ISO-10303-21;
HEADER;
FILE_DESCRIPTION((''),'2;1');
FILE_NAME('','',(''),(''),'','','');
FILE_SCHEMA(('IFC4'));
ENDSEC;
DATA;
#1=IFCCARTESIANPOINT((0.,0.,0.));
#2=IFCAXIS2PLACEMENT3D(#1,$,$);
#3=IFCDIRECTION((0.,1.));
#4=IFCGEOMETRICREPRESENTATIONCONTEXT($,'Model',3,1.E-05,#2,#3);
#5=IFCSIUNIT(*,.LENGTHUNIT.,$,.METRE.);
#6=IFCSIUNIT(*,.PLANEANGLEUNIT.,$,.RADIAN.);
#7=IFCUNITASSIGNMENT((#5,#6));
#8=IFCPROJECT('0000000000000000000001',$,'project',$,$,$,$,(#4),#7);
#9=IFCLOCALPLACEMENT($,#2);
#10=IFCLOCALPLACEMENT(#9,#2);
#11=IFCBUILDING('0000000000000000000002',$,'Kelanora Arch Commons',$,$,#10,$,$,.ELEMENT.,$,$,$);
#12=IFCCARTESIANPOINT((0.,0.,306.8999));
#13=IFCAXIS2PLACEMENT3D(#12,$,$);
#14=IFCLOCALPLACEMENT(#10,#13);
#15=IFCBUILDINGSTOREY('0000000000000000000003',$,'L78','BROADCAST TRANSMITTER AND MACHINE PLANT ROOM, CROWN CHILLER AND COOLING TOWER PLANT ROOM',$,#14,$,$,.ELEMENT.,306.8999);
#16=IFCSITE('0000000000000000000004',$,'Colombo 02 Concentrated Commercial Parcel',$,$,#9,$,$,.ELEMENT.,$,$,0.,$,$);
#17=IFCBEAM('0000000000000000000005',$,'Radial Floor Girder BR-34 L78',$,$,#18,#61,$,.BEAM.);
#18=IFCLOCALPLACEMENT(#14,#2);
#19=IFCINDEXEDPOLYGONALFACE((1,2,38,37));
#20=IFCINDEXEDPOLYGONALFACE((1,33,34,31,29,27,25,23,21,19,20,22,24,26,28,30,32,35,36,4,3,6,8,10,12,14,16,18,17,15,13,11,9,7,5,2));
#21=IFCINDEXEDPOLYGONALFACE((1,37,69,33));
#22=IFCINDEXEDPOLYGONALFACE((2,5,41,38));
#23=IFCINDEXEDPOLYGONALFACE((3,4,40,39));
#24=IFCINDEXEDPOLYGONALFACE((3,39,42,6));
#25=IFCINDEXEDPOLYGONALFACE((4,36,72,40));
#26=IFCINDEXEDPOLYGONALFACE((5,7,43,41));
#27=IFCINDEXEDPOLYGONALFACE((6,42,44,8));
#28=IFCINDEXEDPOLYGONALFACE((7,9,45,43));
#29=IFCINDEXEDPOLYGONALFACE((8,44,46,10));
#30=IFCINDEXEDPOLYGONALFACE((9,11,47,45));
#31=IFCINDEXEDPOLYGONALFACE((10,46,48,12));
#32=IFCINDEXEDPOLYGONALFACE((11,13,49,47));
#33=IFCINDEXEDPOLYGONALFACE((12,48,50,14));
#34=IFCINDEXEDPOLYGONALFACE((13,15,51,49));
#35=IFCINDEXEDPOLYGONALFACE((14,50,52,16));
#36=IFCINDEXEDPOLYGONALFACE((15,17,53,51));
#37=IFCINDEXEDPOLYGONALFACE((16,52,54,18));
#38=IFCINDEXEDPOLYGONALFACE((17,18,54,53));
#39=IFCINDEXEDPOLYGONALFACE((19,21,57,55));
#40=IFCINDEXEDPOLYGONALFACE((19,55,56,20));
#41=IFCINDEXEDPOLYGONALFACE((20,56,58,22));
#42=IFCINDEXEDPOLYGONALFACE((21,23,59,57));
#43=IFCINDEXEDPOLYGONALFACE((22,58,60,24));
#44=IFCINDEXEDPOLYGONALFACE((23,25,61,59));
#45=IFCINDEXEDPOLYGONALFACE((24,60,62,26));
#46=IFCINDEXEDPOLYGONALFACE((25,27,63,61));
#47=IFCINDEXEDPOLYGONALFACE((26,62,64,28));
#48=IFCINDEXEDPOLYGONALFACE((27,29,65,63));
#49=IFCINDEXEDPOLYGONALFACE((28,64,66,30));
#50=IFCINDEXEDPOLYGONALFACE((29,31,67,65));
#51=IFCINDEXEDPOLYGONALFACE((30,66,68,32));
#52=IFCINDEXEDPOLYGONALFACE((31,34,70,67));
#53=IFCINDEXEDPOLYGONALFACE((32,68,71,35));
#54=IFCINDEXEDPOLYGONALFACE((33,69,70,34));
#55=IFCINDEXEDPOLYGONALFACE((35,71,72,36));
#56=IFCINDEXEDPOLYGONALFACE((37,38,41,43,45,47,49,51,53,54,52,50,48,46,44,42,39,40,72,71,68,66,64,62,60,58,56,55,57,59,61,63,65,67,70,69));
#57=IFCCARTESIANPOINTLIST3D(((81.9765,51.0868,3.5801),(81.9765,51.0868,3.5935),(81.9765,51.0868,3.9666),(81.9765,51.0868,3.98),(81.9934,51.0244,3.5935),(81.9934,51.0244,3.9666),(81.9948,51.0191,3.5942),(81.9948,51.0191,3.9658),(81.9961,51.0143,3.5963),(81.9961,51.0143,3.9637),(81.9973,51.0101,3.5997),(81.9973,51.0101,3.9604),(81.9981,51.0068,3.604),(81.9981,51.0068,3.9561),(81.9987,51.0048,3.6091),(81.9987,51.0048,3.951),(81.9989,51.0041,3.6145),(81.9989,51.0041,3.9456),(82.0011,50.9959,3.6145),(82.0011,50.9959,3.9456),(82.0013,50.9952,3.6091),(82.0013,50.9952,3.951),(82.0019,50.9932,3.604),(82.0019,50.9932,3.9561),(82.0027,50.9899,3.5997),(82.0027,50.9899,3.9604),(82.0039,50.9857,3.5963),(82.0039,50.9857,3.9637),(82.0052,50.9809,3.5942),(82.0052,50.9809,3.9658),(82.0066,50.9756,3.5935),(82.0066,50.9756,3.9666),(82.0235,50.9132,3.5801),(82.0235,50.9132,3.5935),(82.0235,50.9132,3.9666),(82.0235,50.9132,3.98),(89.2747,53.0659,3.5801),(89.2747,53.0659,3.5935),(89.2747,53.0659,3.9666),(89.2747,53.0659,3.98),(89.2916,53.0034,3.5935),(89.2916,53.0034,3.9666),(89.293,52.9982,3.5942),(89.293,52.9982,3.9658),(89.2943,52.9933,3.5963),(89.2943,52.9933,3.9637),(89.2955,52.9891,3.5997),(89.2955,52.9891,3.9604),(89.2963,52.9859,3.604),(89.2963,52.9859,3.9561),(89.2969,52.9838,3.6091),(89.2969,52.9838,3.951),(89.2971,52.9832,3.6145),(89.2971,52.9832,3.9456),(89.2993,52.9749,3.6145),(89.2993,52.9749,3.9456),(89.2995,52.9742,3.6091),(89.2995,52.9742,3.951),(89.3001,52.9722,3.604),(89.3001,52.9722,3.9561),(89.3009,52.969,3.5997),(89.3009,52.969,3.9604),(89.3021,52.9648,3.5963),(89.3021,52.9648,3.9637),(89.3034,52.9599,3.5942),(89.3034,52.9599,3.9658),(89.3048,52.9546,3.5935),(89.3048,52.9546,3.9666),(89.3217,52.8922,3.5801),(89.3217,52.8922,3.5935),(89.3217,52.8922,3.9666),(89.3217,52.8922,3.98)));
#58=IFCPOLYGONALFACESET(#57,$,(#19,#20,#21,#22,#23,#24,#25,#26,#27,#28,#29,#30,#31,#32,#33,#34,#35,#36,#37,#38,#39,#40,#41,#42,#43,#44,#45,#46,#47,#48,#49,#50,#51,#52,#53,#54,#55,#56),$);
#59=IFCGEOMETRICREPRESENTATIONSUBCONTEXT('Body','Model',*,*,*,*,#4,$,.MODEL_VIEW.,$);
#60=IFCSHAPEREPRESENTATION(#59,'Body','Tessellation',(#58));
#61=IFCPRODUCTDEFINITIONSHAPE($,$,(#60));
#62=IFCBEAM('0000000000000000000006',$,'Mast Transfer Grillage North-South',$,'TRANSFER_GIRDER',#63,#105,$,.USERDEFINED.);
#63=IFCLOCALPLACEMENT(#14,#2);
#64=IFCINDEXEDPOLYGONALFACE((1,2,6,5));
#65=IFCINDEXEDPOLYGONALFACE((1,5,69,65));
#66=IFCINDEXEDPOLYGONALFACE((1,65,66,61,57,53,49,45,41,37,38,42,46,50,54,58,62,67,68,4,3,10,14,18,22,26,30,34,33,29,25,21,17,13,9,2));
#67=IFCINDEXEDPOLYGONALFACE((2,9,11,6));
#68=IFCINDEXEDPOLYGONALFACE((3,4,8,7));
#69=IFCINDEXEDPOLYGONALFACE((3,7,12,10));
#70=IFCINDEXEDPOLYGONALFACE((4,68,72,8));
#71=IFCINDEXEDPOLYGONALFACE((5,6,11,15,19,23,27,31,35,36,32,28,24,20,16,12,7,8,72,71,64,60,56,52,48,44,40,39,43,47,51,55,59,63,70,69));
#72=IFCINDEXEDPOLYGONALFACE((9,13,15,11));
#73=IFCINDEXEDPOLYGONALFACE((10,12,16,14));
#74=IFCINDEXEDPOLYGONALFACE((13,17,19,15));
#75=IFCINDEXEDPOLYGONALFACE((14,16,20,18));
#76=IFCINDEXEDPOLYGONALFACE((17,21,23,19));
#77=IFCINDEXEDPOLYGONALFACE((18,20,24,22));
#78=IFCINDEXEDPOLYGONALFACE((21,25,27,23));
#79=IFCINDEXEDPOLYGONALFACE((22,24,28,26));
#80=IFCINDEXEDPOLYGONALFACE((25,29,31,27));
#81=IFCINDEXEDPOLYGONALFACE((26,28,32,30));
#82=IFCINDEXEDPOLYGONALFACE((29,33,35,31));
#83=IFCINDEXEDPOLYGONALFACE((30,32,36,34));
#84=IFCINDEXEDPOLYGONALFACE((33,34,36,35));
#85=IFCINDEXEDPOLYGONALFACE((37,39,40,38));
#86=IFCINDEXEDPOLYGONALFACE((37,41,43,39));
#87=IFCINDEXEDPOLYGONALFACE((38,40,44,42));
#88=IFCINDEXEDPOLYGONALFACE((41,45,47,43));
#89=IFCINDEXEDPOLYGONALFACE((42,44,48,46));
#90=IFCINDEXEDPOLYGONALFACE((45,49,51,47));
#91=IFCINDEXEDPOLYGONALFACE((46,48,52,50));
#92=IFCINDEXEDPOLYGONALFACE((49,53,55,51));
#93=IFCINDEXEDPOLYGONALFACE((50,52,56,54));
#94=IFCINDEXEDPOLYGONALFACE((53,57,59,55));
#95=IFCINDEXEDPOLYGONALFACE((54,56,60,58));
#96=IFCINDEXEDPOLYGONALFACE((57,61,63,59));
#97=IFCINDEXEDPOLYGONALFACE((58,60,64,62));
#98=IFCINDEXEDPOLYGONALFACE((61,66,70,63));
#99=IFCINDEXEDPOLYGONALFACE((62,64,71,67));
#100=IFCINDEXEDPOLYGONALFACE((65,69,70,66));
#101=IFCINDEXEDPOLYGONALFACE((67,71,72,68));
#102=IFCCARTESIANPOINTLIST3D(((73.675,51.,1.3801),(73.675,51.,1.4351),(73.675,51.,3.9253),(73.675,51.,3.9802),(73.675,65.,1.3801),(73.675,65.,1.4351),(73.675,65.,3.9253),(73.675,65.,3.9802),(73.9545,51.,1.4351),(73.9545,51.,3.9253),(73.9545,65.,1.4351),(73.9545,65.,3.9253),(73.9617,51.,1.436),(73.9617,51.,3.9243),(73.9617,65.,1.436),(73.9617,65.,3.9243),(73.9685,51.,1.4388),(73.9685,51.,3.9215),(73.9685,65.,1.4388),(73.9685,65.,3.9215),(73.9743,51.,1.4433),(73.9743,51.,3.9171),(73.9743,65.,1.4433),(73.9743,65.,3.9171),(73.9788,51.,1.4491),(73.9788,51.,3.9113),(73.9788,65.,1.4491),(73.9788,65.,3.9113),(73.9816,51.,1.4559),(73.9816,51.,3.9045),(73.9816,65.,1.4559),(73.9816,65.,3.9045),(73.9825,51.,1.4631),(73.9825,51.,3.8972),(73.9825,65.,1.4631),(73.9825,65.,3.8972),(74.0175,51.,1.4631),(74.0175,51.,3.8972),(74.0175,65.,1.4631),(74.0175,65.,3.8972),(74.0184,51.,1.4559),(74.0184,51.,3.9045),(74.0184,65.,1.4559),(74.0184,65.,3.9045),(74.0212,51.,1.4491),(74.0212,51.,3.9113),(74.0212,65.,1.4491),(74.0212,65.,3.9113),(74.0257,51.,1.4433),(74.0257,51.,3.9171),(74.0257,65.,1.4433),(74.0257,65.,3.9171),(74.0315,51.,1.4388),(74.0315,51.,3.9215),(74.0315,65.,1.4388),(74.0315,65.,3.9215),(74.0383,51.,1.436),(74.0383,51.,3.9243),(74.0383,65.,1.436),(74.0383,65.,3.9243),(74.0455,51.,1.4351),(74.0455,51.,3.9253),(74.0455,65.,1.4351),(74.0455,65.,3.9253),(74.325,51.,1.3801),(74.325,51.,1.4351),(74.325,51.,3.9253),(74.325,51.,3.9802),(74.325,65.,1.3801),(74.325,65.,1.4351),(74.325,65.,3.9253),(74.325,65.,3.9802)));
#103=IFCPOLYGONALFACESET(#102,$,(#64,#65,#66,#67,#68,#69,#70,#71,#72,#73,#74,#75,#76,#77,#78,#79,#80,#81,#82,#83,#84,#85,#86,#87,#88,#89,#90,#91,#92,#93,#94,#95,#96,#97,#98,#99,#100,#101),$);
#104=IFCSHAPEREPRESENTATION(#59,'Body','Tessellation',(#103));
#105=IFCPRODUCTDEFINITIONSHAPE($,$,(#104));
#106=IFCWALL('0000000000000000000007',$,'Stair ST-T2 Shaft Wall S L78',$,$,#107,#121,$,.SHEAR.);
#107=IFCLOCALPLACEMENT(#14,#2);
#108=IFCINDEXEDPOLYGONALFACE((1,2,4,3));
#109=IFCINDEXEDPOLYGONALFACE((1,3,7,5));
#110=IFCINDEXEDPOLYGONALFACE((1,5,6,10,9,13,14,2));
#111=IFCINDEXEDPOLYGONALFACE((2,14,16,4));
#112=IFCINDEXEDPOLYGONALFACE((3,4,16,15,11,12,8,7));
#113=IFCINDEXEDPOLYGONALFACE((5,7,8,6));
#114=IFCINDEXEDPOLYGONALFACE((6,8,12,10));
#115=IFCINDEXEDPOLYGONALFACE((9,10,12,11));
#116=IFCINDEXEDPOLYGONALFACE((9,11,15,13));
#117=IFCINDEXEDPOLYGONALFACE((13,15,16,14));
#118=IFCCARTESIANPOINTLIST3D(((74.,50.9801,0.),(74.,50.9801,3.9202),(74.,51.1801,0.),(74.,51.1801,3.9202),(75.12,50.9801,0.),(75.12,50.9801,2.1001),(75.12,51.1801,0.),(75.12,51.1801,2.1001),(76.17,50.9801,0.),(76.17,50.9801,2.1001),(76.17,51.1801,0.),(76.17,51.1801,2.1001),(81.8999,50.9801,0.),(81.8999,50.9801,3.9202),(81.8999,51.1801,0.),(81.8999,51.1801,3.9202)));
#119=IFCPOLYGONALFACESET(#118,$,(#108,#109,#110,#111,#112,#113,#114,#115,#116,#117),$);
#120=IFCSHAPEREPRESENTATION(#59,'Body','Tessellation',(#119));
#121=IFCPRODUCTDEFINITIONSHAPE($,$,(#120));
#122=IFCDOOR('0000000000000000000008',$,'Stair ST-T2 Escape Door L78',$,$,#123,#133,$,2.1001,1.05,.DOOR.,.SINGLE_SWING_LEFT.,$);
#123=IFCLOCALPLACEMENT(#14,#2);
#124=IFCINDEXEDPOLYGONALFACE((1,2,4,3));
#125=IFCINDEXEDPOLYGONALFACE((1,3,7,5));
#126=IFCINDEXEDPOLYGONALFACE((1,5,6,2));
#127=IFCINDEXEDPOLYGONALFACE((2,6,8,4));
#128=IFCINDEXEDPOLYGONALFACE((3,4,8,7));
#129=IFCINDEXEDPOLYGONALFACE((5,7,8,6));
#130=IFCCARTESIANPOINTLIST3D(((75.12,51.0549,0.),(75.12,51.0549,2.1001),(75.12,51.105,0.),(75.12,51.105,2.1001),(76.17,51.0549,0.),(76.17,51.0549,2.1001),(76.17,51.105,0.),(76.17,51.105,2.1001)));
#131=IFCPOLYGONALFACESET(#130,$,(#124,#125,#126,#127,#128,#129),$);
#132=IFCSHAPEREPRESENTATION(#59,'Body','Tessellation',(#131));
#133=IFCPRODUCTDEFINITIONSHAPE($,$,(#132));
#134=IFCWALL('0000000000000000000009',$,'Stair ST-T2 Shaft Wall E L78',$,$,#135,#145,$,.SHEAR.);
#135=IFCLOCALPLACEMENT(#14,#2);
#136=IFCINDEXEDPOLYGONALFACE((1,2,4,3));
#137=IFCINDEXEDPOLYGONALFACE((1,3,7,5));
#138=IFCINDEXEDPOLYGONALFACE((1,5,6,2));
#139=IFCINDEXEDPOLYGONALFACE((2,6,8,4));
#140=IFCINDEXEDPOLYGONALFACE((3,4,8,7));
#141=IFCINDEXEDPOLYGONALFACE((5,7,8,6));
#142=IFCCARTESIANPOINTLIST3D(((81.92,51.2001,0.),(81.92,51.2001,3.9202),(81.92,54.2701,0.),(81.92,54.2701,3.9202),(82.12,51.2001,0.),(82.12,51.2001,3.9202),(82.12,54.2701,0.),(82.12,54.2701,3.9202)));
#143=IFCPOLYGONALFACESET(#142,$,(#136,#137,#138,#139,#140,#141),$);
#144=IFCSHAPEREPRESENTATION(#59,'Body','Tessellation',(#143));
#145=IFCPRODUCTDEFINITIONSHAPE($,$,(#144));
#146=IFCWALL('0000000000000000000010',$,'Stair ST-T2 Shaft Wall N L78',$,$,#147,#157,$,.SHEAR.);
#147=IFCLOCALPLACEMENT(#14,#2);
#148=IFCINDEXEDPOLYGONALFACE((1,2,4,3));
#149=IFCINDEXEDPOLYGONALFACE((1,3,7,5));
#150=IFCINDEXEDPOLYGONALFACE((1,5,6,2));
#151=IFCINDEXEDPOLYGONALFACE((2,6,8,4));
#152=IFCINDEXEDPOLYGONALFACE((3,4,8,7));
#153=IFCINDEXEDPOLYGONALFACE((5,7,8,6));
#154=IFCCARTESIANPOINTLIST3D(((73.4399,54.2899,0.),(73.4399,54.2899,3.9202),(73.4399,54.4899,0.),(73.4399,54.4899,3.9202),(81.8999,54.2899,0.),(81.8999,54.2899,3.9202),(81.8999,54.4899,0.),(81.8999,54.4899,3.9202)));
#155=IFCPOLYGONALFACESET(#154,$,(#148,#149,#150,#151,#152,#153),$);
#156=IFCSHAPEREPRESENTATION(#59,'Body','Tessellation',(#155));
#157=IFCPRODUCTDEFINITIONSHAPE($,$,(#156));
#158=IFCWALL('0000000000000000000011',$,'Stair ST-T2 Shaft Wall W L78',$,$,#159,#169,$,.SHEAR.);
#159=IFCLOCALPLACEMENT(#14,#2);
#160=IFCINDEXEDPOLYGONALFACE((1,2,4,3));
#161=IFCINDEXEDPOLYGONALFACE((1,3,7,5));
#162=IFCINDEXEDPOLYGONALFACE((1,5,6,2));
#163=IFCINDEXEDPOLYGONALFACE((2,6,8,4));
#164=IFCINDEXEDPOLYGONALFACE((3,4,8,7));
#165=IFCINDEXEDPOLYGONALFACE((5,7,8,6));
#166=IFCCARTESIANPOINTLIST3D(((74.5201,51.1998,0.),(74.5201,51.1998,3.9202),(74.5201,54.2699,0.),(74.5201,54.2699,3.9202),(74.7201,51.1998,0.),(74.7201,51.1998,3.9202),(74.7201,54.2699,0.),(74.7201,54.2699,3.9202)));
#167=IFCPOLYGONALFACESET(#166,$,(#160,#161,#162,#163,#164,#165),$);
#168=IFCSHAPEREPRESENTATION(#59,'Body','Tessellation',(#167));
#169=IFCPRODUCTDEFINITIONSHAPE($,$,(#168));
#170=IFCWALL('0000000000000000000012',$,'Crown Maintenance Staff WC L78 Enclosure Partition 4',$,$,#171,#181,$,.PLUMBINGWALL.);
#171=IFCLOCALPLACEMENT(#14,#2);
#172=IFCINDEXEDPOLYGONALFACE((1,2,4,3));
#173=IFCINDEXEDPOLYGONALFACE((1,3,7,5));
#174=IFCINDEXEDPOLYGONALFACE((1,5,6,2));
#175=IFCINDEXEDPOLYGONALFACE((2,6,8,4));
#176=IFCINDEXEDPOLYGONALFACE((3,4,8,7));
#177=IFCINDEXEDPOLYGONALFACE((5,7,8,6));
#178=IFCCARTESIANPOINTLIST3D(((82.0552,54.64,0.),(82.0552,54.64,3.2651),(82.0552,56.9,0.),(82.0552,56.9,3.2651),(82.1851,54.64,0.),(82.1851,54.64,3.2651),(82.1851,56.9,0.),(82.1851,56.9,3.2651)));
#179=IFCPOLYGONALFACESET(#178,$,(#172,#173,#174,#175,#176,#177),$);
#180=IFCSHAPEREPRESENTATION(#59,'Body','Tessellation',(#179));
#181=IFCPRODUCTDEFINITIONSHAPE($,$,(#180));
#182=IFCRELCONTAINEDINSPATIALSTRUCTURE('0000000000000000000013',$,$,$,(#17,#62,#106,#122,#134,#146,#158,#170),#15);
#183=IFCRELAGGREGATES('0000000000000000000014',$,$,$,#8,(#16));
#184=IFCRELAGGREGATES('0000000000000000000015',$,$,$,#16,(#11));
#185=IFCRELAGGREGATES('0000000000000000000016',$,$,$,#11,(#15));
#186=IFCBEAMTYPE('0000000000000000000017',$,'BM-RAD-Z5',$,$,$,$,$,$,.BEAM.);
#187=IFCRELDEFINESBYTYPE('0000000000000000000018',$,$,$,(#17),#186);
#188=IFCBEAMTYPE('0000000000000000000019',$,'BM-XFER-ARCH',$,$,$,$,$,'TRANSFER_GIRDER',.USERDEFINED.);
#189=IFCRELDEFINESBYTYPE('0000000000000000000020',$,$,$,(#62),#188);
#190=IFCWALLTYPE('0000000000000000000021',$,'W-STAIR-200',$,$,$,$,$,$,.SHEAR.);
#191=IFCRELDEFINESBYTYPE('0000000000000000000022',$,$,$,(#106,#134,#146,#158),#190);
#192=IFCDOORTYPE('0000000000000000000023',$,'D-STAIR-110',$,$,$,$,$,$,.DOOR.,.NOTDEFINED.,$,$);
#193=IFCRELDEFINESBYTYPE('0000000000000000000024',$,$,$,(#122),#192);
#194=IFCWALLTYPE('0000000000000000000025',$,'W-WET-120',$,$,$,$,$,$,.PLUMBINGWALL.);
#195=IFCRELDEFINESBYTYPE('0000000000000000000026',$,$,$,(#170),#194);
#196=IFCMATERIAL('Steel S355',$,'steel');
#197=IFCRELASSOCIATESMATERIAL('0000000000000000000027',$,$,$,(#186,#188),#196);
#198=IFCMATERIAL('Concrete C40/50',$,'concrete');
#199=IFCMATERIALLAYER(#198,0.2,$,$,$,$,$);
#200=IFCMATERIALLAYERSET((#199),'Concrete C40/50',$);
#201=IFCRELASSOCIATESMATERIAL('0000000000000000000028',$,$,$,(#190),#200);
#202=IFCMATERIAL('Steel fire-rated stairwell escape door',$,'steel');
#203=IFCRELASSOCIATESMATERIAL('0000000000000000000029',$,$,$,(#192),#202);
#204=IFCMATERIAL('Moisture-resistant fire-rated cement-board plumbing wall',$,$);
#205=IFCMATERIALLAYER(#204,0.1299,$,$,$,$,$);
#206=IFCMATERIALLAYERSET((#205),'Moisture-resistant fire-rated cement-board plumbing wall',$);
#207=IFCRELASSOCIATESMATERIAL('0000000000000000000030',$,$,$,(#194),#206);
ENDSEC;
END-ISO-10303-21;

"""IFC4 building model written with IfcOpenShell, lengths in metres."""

from ifc_helpers import new_model, si_unit, direction, frame, frame_2d, origin, origin_2d, place, context, subcontext, project, spatial, rectangle, i_section, extrude, material, layer, layer_set, material_profile, profile_set, type_object, element, fill, save


model = new_model("IFC4")

# Units and contexts
model_context = context("Model", 3, precision=1e-05, world=origin(), true_north=direction((0.0, 1.0)))
body_context = subcontext(model_context, "Body", "Model", "MODEL_VIEW")
ifc_project = project(units=[si_unit("LENGTHUNIT", "METRE"), si_unit("PLANEANGLEUNIT", "RADIAN")], contexts=[model_context])

# Site, building, storey
site_placement = place(None, origin())
site = spatial("IfcSite", under=ifc_project, at=site_placement, Name="Colombo 02 Concentrated Commercial Parcel", CompositionType="ELEMENT", RefElevation=0.0)
building_placement = place(site_placement, origin())
building = spatial("IfcBuilding", under=site, at=building_placement, Name="Kelanora Arch Commons", CompositionType="ELEMENT")
storey_placement = place(building_placement, frame((0.0, 0.0, 306.8999)))
storey = spatial("IfcBuildingStorey", under=building, at=storey_placement, Name="L78", Description="BROADCAST TRANSMITTER AND MACHINE PLANT ROOM, CROWN CHILLER AND COOLING TOWER PLANT ROOM", CompositionType="ELEMENT", Elevation=306.8999)

# Beams
ifc_material_1 = material(Name="Steel S355", Category="steel")
ifc_material_profile_1 = material_profile(ifc_material_1, i_section(OverallWidth=0.1799, OverallDepth=0.3999, WebThickness=0.0085, FlangeThickness=0.0134, FilletRadius=0.021, at=origin_2d()), Name="IPE400")
ifc_profile_set_1 = profile_set([ifc_material_profile_1], Name="Steel S355")
beam_type_1 = type_object("IfcBeamType", Name="BM-RAD-Z5", PredefinedType="BEAM", material=ifc_profile_set_1)
beam_1_placement = place(storey_placement, frame((82.0, 51.0, 3.78), z_axis=(0.965145, 0.261716, 0.0), x_axis=(-0.261716, 0.965145, 0.0)))
element("IfcBeam", 1, at=beam_1_placement, inside=storey, type_object=beam_type_1, Name="Radial Floor Girder BR-34 L78", PredefinedType="BEAM", context=body_context, shape_type="SweptSolid", body=[
    extrude(i_section(OverallWidth=0.1799, OverallDepth=0.3999, WebThickness=0.0085, FlangeThickness=0.0134, FilletRadius=0.021, at=origin_2d()), origin(), (0.0, 0.0, 1.0), 7.5618),
])
ifc_material_profile_2 = material_profile(ifc_material_1, i_section(OverallWidth=0.6499, OverallDepth=2.6001, WebThickness=0.0349, FlangeThickness=0.0549, FilletRadius=0.0281, at=origin_2d()), Name="PG2600x650")
ifc_profile_set_2 = profile_set([ifc_material_profile_2], Name="Steel S355")
beam_type_2 = type_object("IfcBeamType", Name="BM-XFER-ARCH", ElementType="TRANSFER_GIRDER", PredefinedType="USERDEFINED", material=ifc_profile_set_2)
beam_2_placement = place(storey_placement, frame((74.0, 51.0, 2.6802), z_axis=(0.0, 1.0, 0.0), x_axis=(-1.0, 0.0, 0.0)))
element("IfcBeam", 2, at=beam_2_placement, inside=storey, type_object=beam_type_2, Name="Mast Transfer Grillage North-South", ObjectType="TRANSFER_GIRDER", PredefinedType="USERDEFINED", context=body_context, shape_type="SweptSolid", body=[
    extrude(i_section(OverallWidth=0.6499, OverallDepth=2.6001, WebThickness=0.0349, FlangeThickness=0.0549, FilletRadius=0.0281, at=origin_2d()), origin(), (0.0, 0.0, 1.0), 14.0),
])

# Wall, opening, door
ifc_material_2 = material(Name="Concrete C40/50", Category="concrete")
ifc_layer_1 = layer(ifc_material_2, 0.2)
ifc_layer_set_1 = layer_set([ifc_layer_1], Name="Concrete C40/50")
wall_type_1 = type_object("IfcWallType", Name="W-STAIR-200", PredefinedType="SHEAR", material=ifc_layer_set_1)
wall_1_placement = place(storey_placement, frame((74.0, 51.0801, 0.0), z_axis=(0.0, 0.0, 1.0), x_axis=(1.0, 0.0, 0.0)))
wall_1 = element("IfcWall", 3, at=wall_1_placement, inside=storey, type_object=wall_type_1, Name="Stair ST-T2 Shaft Wall S L78", PredefinedType="SHEAR", context=body_context, shape_type="SweptSolid", body=[
    extrude(rectangle(XDim=7.8999, YDim=0.2, at=frame_2d((3.95, 0.0))), origin(), (0.0, 0.0, 1.0), 3.9202),
])
opening_placement = place(wall_1_placement, frame((1.1201, 0.0, 0.0)))
opening = element("IfcOpeningElement", 4, at=opening_placement, cuts=wall_1, PredefinedType="OPENING", context=body_context, shape_type="SweptSolid", body=[
    extrude(rectangle(XDim=1.05, YDim=2.1001, at=frame_2d((0.5249, 1.05))), frame((0.0, 0.1099, 0.0), z_axis=(0.0, -1.0, 0.0), x_axis=(1.0, 0.0, 0.0)), (0.0, 0.0, 1.0), 0.22),
])
ifc_material_3 = material(Name="Steel fire-rated stairwell escape door", Category="steel")
door_type = type_object("IfcDoorType", Name="D-STAIR-110", OperationType="NOTDEFINED", PredefinedType="DOOR", material=ifc_material_3)
door_placement = place(opening_placement, origin())
door = element("IfcDoor", 5, at=door_placement, inside=storey, type_object=door_type, Name="Stair ST-T2 Escape Door L78", OperationType="SINGLE_SWING_LEFT", OverallHeight=2.1001, OverallWidth=1.05, PredefinedType="DOOR", context=body_context, shape_type="SweptSolid", body=[
    extrude(rectangle(XDim=1.05, YDim=2.1001, at=frame_2d((0.5249, 1.05))), frame((0.0, 0.0249, 0.0), z_axis=(0.0, -1.0, 0.0), x_axis=(1.0, 0.0, 0.0)), (0.0, 0.0, 1.0), 0.05),
])
fill(opening, door)

# Walls
wall_2_placement = place(storey_placement, frame((82.02, 51.2, 0.0), z_axis=(0.0, 0.0, 1.0), x_axis=(0.0, 1.0, 0.0)))
element("IfcWall", 6, at=wall_2_placement, inside=storey, type_object=wall_type_1, Name="Stair ST-T2 Shaft Wall E L78", PredefinedType="SHEAR", context=body_context, shape_type="SweptSolid", body=[
    extrude(rectangle(XDim=3.0701, YDim=0.2, at=frame_2d((1.5352, 0.0))), origin(), (0.0, 0.0, 1.0), 3.9202),
])
wall_3_placement = place(storey_placement, frame((81.8999, 54.3899, 0.0), z_axis=(0.0, 0.0, 1.0), x_axis=(-1.0, 0.0, 0.0)))
element("IfcWall", 7, at=wall_3_placement, inside=storey, type_object=wall_type_1, Name="Stair ST-T2 Shaft Wall N L78", PredefinedType="SHEAR", context=body_context, shape_type="SweptSolid", body=[
    extrude(rectangle(XDim=8.46, YDim=0.2, at=frame_2d((4.23, 0.0))), origin(), (0.0, 0.0, 1.0), 3.9202),
])
wall_4_placement = place(storey_placement, frame((74.6201, 54.27, 0.0), z_axis=(0.0, 0.0, 1.0), x_axis=(0.0, -1.0, 0.0)))
element("IfcWall", 8, at=wall_4_placement, inside=storey, type_object=wall_type_1, Name="Stair ST-T2 Shaft Wall W L78", PredefinedType="SHEAR", context=body_context, shape_type="SweptSolid", body=[
    extrude(rectangle(XDim=3.0701, YDim=0.2, at=frame_2d((1.5352, 0.0))), origin(), (0.0, 0.0, 1.0), 3.9202),
])
ifc_material_4 = material(Name="Moisture-resistant fire-rated cement-board plumbing wall")
ifc_layer_2 = layer(ifc_material_4, 0.1299)
ifc_layer_set_2 = layer_set([ifc_layer_2], Name="Moisture-resistant fire-rated cement-board plumbing wall")
wall_type_2 = type_object("IfcWallType", Name="W-WET-120", PredefinedType="PLUMBINGWALL", material=ifc_layer_set_2)
wall_5_placement = place(storey_placement, frame((82.1201, 56.8999, 0.0), z_axis=(0.0, 0.0, 1.0), x_axis=(0.0, -1.0, 0.0)))
element("IfcWall", 9, at=wall_5_placement, inside=storey, type_object=wall_type_2, Name="Crown Maintenance Staff WC L78 Enclosure Partition 4", PredefinedType="PLUMBINGWALL", context=body_context, shape_type="SweptSolid", body=[
    extrude(rectangle(XDim=2.26, YDim=0.1299, at=frame_2d((1.1299, 0.0))), origin(), (0.0, 0.0, 1.0), 3.2651),
])

save(model, "model.ifc")
